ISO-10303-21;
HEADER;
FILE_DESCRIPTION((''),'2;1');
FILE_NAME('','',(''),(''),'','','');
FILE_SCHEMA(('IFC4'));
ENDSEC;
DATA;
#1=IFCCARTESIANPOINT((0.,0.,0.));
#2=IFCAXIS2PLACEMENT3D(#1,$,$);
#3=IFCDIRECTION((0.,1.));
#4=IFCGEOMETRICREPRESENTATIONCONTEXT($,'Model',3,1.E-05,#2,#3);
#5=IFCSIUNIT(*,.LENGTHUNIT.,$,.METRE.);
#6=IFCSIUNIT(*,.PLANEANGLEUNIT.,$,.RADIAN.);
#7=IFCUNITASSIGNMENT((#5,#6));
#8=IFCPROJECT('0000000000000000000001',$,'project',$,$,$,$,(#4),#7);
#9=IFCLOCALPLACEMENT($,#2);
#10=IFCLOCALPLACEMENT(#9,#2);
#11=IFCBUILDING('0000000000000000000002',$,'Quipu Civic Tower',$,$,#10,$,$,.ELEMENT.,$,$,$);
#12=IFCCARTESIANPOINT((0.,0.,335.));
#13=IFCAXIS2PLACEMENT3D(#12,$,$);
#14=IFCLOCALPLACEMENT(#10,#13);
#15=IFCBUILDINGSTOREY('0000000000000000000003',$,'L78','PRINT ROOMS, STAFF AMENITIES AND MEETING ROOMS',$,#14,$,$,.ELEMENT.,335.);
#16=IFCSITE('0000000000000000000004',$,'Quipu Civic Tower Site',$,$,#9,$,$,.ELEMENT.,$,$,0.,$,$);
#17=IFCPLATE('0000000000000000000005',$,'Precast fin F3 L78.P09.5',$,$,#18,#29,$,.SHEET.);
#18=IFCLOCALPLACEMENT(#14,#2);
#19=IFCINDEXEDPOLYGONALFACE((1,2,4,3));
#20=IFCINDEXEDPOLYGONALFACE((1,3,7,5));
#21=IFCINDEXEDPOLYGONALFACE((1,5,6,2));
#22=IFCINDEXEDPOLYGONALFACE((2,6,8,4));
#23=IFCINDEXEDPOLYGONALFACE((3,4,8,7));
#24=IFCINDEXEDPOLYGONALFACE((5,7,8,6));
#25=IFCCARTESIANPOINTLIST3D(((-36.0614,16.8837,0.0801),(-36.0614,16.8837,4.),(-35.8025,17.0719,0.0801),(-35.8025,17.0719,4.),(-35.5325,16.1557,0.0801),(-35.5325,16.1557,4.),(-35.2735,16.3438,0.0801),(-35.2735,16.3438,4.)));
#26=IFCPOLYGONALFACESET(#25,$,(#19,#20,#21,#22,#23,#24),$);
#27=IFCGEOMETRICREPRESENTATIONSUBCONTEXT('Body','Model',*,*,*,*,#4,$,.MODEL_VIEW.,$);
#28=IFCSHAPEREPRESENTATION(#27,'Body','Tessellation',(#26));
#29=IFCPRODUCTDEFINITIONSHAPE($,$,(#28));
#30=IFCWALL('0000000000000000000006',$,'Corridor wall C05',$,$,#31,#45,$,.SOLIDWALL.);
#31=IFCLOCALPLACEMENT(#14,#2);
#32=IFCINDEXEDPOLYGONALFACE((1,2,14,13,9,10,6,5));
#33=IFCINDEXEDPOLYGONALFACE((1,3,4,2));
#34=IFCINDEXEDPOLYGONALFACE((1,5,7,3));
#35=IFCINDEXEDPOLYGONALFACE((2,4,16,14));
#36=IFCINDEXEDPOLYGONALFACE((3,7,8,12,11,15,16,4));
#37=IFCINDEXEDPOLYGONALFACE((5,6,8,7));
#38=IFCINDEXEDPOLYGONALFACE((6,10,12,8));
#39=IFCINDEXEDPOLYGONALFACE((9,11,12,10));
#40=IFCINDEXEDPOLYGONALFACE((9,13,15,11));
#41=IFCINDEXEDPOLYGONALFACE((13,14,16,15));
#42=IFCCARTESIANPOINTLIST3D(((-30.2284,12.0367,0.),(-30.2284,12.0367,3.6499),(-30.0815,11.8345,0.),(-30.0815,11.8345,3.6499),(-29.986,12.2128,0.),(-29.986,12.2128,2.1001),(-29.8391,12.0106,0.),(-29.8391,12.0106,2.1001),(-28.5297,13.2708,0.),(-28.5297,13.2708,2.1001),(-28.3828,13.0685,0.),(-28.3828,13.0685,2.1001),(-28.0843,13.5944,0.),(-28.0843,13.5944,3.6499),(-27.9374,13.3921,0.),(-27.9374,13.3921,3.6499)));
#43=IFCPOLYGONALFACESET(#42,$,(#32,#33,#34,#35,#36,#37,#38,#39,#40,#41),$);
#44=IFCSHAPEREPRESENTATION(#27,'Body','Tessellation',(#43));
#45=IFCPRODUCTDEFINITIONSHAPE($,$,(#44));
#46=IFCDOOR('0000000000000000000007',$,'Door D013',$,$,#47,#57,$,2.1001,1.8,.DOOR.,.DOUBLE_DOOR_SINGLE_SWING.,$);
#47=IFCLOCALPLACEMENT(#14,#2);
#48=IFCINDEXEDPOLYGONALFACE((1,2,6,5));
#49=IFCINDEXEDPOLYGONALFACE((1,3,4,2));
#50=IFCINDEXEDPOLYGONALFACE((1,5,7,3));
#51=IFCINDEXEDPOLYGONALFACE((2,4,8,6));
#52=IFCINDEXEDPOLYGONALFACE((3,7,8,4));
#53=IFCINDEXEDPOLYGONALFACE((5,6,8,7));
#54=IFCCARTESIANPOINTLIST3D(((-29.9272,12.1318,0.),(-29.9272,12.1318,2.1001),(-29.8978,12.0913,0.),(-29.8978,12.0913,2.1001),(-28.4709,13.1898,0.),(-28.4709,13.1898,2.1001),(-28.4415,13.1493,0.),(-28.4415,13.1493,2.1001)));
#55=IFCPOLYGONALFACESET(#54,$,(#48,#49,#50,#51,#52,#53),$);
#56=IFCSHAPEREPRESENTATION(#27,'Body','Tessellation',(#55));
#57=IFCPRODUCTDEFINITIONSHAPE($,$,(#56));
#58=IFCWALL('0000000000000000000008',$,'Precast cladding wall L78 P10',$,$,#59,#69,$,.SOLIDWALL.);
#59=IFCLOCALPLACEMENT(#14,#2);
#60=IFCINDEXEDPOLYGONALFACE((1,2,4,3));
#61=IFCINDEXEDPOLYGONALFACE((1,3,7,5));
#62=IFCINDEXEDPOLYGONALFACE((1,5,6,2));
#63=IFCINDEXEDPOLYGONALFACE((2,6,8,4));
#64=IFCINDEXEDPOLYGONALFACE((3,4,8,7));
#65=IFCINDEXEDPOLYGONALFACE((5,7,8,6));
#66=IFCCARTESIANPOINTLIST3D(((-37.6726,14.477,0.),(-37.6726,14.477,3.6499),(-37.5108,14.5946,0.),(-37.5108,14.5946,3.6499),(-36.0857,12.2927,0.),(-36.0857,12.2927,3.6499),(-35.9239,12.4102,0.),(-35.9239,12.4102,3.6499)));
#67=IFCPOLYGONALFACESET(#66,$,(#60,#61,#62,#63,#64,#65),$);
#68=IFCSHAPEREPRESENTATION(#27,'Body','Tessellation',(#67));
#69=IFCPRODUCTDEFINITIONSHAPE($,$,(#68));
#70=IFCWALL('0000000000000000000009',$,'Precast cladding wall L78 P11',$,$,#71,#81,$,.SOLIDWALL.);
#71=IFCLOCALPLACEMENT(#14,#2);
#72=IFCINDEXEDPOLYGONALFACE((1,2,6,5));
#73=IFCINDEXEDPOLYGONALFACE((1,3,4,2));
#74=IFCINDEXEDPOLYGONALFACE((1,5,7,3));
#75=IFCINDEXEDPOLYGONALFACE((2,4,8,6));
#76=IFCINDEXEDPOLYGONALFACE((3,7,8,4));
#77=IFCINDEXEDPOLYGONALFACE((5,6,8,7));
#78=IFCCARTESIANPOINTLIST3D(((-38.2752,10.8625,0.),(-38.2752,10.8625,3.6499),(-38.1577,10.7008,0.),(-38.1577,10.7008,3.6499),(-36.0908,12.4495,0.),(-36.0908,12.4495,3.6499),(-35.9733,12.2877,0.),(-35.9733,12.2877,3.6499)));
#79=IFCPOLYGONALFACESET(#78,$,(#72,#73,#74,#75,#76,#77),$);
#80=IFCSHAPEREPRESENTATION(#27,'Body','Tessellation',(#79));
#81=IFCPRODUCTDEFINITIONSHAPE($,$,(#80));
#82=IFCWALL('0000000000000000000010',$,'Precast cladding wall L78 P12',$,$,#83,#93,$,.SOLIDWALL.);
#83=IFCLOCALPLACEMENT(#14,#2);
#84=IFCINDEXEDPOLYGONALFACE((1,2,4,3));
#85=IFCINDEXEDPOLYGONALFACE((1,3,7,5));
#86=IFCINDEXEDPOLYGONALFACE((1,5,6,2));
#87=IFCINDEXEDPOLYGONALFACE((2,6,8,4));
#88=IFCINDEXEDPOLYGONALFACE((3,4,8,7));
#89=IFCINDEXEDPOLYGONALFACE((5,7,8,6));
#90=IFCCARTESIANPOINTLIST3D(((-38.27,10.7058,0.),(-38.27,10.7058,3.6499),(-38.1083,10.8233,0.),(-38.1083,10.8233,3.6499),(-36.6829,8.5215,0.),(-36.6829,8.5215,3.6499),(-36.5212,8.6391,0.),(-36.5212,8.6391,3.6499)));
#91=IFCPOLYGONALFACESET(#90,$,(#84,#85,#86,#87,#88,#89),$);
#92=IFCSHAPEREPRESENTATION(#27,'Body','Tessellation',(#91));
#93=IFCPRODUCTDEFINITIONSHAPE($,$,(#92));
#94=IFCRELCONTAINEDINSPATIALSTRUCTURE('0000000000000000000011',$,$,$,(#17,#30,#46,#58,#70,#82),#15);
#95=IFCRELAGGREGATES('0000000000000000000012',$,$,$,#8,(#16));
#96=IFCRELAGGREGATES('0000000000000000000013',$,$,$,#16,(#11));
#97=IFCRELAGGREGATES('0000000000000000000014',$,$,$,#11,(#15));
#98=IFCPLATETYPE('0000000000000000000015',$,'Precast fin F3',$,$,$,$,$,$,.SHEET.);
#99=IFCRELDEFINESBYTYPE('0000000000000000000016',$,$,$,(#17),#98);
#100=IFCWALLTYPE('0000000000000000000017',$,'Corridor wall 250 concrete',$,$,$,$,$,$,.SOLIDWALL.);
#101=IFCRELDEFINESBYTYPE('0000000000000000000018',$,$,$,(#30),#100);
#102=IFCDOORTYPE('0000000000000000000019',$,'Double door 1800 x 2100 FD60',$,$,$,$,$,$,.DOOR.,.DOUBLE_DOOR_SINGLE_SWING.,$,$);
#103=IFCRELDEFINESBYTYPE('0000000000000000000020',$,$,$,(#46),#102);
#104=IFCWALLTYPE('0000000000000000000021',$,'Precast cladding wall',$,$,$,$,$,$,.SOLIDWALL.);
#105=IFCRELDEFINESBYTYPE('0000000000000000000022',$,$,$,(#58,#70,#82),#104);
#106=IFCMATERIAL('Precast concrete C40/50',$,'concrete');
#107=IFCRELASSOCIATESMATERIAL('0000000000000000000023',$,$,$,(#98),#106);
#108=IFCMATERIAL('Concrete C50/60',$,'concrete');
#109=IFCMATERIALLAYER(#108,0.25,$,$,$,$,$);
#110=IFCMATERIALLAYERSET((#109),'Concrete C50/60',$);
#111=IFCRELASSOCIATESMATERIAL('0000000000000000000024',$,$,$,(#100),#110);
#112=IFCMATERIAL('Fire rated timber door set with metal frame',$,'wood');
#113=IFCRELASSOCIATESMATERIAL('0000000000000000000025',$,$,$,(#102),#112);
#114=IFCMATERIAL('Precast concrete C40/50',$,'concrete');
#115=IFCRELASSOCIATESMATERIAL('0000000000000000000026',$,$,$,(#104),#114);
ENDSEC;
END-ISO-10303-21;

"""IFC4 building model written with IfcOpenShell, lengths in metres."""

from ifc_helpers import new_model, si_unit, direction, frame, frame_2d, origin, origin_2d, place, context, subcontext, project, spatial, rectangle, extrude, material, layer, layer_set, type_object, element, fill, save


model = new_model("IFC4")

# Units and contexts
model_context = context("Model", 3, precision=1e-05, world=origin(), true_north=direction((0.0, 1.0)))
body_context = subcontext(model_context, "Body", "Model", "MODEL_VIEW")
ifc_project = project(units=[si_unit("LENGTHUNIT", "METRE"), si_unit("PLANEANGLEUNIT", "RADIAN")], contexts=[model_context])

# Site, building, storey
site_placement = place(None, origin())
site = spatial("IfcSite", under=ifc_project, at=site_placement, Name="Quipu Civic Tower Site", CompositionType="ELEMENT", RefElevation=0.0)
building_placement = place(site_placement, origin())
building = spatial("IfcBuilding", under=site, at=building_placement, Name="Quipu Civic Tower", CompositionType="ELEMENT")
storey_placement = place(building_placement, frame((0.0, 0.0, 335.0)))
storey = spatial("IfcBuildingStorey", under=building, at=storey_placement, Name="L78", Description="PRINT ROOMS, STAFF AMENITIES AND MEETING ROOMS", CompositionType="ELEMENT", Elevation=335.0)

# Plate
ifc_material_1 = material(Name="Precast concrete C40/50", Category="concrete")
plate_type_1 = type_object("IfcPlateType", Name="Precast fin F3", PredefinedType="SHEET", material=ifc_material_1)
for number, where, z_axis, x_axis, name in (
    (1, (-35.6675, 16.6138, 0.0801), (0.0, 0.0, 1.0), (-0.809017, -0.587785, 0.0), "Precast fin F3 L78.P09.5"),
):
    element("IfcPlate", number, at=place(storey_placement, frame(where, z_axis=z_axis, x_axis=x_axis)), inside=storey, type_object=plate_type_1, Name=name, PredefinedType="SHEET", context=body_context, shape_type="SweptSolid", body=[
        extrude(rectangle(XDim=0.3201, YDim=0.8999, at=origin_2d()), origin(), (0.0, 0.0, 1.0), 3.9199),
    ])

# Wall, opening, door
ifc_material_2 = material(Name="Concrete C50/60", Category="concrete")
ifc_layer_1 = layer(ifc_material_2, 0.25)
ifc_layer_set_1 = layer_set([ifc_layer_1], Name="Concrete C50/60")
wall_type_1 = type_object("IfcWallType", Name="Corridor wall 250 concrete", PredefinedType="SOLIDWALL", material=ifc_layer_set_1)
wall_placement = place(storey_placement, frame((-30.155, 11.9355, 0.0), z_axis=(0.0, 0.0, 1.0), x_axis=(0.809039, 0.587755, 0.0)))
wall = element("IfcWall", 2, at=wall_placement, inside=storey, type_object=wall_type_1, Name="Corridor wall C05", PredefinedType="SOLIDWALL", context=body_context, shape_type="SweptSolid", body=[
    extrude(rectangle(XDim=2.6501, YDim=0.25, at=frame_2d((1.3252, 0.0))), origin(), (0.0, 0.0, 1.0), 3.6499),
])
opening_placement = place(wall_placement, frame((0.2998, 0.0, 0.0)))
opening = element("IfcOpeningElement", 3, at=opening_placement, cuts=wall, PredefinedType="OPENING", context=body_context, shape_type="SweptSolid", body=[
    extrude(rectangle(XDim=1.8, YDim=2.1001, at=frame_2d((0.8999, 1.05))), frame((0.0, 0.135, 0.0), z_axis=(0.0, -1.0, 0.0), x_axis=(1.0, 0.0, 0.0)), (0.0, 0.0, 1.0), 0.27),
])
ifc_material_3 = material(Name="Fire rated timber door set with metal frame", Category="wood")
door_type = type_object("IfcDoorType", Name="Double door 1800 x 2100 FD60", OperationType="DOUBLE_DOOR_SINGLE_SWING", PredefinedType="DOOR", material=ifc_material_3)
door_placement = place(opening_placement, origin())
door = element("IfcDoor", 4, at=door_placement, inside=storey, type_object=door_type, Name="Door D013", OperationType="DOUBLE_DOOR_SINGLE_SWING", OverallHeight=2.1001, OverallWidth=1.8, PredefinedType="DOOR", context=body_context, shape_type="SweptSolid", body=[
    extrude(rectangle(XDim=1.8, YDim=2.1001, at=frame_2d((0.8999, 1.05))), frame((0.0, 0.0249, 0.0), z_axis=(0.0, -1.0, 0.0), x_axis=(1.0, 0.0, 0.0)), (0.0, 0.0, 1.0), 0.05),
])
fill(opening, door)

# Walls
ifc_material_4 = material(Name="Precast concrete C40/50", Category="concrete")
wall_type_2 = type_object("IfcWallType", Name="Precast cladding wall", PredefinedType="SOLIDWALL", material=ifc_material_4)
for number, where, z_axis, x_axis, name in (
    (5, (-37.5918, 14.5359, 0.0), (0.0, 0.0, 1.0), (0.587763, -0.809033, 0.0), "Precast cladding wall L78 P10"),
    (6, (-36.032, 12.3687, 0.0), (0.0, 0.0, 1.0), (-0.809033, -0.587763, 0.0), "Precast cladding wall L78 P11"),
    (7, (-38.1892, 10.7646, 0.0), (0.0, 0.0, 1.0), (0.587822, -0.80899, 0.0), "Precast cladding wall L78 P12"),
):
    element("IfcWall", number, at=place(storey_placement, frame(where, z_axis=z_axis, x_axis=x_axis)), inside=storey, type_object=wall_type_2, Name=name, PredefinedType="SOLIDWALL", context=body_context, shape_type="SweptSolid", body=[
        extrude(rectangle(XDim=2.7, YDim=0.2, at=frame_2d((1.3501, 0.0))), origin(), (0.0, 0.0, 1.0), 3.6499),
    ])

save(model, "model.ifc")
